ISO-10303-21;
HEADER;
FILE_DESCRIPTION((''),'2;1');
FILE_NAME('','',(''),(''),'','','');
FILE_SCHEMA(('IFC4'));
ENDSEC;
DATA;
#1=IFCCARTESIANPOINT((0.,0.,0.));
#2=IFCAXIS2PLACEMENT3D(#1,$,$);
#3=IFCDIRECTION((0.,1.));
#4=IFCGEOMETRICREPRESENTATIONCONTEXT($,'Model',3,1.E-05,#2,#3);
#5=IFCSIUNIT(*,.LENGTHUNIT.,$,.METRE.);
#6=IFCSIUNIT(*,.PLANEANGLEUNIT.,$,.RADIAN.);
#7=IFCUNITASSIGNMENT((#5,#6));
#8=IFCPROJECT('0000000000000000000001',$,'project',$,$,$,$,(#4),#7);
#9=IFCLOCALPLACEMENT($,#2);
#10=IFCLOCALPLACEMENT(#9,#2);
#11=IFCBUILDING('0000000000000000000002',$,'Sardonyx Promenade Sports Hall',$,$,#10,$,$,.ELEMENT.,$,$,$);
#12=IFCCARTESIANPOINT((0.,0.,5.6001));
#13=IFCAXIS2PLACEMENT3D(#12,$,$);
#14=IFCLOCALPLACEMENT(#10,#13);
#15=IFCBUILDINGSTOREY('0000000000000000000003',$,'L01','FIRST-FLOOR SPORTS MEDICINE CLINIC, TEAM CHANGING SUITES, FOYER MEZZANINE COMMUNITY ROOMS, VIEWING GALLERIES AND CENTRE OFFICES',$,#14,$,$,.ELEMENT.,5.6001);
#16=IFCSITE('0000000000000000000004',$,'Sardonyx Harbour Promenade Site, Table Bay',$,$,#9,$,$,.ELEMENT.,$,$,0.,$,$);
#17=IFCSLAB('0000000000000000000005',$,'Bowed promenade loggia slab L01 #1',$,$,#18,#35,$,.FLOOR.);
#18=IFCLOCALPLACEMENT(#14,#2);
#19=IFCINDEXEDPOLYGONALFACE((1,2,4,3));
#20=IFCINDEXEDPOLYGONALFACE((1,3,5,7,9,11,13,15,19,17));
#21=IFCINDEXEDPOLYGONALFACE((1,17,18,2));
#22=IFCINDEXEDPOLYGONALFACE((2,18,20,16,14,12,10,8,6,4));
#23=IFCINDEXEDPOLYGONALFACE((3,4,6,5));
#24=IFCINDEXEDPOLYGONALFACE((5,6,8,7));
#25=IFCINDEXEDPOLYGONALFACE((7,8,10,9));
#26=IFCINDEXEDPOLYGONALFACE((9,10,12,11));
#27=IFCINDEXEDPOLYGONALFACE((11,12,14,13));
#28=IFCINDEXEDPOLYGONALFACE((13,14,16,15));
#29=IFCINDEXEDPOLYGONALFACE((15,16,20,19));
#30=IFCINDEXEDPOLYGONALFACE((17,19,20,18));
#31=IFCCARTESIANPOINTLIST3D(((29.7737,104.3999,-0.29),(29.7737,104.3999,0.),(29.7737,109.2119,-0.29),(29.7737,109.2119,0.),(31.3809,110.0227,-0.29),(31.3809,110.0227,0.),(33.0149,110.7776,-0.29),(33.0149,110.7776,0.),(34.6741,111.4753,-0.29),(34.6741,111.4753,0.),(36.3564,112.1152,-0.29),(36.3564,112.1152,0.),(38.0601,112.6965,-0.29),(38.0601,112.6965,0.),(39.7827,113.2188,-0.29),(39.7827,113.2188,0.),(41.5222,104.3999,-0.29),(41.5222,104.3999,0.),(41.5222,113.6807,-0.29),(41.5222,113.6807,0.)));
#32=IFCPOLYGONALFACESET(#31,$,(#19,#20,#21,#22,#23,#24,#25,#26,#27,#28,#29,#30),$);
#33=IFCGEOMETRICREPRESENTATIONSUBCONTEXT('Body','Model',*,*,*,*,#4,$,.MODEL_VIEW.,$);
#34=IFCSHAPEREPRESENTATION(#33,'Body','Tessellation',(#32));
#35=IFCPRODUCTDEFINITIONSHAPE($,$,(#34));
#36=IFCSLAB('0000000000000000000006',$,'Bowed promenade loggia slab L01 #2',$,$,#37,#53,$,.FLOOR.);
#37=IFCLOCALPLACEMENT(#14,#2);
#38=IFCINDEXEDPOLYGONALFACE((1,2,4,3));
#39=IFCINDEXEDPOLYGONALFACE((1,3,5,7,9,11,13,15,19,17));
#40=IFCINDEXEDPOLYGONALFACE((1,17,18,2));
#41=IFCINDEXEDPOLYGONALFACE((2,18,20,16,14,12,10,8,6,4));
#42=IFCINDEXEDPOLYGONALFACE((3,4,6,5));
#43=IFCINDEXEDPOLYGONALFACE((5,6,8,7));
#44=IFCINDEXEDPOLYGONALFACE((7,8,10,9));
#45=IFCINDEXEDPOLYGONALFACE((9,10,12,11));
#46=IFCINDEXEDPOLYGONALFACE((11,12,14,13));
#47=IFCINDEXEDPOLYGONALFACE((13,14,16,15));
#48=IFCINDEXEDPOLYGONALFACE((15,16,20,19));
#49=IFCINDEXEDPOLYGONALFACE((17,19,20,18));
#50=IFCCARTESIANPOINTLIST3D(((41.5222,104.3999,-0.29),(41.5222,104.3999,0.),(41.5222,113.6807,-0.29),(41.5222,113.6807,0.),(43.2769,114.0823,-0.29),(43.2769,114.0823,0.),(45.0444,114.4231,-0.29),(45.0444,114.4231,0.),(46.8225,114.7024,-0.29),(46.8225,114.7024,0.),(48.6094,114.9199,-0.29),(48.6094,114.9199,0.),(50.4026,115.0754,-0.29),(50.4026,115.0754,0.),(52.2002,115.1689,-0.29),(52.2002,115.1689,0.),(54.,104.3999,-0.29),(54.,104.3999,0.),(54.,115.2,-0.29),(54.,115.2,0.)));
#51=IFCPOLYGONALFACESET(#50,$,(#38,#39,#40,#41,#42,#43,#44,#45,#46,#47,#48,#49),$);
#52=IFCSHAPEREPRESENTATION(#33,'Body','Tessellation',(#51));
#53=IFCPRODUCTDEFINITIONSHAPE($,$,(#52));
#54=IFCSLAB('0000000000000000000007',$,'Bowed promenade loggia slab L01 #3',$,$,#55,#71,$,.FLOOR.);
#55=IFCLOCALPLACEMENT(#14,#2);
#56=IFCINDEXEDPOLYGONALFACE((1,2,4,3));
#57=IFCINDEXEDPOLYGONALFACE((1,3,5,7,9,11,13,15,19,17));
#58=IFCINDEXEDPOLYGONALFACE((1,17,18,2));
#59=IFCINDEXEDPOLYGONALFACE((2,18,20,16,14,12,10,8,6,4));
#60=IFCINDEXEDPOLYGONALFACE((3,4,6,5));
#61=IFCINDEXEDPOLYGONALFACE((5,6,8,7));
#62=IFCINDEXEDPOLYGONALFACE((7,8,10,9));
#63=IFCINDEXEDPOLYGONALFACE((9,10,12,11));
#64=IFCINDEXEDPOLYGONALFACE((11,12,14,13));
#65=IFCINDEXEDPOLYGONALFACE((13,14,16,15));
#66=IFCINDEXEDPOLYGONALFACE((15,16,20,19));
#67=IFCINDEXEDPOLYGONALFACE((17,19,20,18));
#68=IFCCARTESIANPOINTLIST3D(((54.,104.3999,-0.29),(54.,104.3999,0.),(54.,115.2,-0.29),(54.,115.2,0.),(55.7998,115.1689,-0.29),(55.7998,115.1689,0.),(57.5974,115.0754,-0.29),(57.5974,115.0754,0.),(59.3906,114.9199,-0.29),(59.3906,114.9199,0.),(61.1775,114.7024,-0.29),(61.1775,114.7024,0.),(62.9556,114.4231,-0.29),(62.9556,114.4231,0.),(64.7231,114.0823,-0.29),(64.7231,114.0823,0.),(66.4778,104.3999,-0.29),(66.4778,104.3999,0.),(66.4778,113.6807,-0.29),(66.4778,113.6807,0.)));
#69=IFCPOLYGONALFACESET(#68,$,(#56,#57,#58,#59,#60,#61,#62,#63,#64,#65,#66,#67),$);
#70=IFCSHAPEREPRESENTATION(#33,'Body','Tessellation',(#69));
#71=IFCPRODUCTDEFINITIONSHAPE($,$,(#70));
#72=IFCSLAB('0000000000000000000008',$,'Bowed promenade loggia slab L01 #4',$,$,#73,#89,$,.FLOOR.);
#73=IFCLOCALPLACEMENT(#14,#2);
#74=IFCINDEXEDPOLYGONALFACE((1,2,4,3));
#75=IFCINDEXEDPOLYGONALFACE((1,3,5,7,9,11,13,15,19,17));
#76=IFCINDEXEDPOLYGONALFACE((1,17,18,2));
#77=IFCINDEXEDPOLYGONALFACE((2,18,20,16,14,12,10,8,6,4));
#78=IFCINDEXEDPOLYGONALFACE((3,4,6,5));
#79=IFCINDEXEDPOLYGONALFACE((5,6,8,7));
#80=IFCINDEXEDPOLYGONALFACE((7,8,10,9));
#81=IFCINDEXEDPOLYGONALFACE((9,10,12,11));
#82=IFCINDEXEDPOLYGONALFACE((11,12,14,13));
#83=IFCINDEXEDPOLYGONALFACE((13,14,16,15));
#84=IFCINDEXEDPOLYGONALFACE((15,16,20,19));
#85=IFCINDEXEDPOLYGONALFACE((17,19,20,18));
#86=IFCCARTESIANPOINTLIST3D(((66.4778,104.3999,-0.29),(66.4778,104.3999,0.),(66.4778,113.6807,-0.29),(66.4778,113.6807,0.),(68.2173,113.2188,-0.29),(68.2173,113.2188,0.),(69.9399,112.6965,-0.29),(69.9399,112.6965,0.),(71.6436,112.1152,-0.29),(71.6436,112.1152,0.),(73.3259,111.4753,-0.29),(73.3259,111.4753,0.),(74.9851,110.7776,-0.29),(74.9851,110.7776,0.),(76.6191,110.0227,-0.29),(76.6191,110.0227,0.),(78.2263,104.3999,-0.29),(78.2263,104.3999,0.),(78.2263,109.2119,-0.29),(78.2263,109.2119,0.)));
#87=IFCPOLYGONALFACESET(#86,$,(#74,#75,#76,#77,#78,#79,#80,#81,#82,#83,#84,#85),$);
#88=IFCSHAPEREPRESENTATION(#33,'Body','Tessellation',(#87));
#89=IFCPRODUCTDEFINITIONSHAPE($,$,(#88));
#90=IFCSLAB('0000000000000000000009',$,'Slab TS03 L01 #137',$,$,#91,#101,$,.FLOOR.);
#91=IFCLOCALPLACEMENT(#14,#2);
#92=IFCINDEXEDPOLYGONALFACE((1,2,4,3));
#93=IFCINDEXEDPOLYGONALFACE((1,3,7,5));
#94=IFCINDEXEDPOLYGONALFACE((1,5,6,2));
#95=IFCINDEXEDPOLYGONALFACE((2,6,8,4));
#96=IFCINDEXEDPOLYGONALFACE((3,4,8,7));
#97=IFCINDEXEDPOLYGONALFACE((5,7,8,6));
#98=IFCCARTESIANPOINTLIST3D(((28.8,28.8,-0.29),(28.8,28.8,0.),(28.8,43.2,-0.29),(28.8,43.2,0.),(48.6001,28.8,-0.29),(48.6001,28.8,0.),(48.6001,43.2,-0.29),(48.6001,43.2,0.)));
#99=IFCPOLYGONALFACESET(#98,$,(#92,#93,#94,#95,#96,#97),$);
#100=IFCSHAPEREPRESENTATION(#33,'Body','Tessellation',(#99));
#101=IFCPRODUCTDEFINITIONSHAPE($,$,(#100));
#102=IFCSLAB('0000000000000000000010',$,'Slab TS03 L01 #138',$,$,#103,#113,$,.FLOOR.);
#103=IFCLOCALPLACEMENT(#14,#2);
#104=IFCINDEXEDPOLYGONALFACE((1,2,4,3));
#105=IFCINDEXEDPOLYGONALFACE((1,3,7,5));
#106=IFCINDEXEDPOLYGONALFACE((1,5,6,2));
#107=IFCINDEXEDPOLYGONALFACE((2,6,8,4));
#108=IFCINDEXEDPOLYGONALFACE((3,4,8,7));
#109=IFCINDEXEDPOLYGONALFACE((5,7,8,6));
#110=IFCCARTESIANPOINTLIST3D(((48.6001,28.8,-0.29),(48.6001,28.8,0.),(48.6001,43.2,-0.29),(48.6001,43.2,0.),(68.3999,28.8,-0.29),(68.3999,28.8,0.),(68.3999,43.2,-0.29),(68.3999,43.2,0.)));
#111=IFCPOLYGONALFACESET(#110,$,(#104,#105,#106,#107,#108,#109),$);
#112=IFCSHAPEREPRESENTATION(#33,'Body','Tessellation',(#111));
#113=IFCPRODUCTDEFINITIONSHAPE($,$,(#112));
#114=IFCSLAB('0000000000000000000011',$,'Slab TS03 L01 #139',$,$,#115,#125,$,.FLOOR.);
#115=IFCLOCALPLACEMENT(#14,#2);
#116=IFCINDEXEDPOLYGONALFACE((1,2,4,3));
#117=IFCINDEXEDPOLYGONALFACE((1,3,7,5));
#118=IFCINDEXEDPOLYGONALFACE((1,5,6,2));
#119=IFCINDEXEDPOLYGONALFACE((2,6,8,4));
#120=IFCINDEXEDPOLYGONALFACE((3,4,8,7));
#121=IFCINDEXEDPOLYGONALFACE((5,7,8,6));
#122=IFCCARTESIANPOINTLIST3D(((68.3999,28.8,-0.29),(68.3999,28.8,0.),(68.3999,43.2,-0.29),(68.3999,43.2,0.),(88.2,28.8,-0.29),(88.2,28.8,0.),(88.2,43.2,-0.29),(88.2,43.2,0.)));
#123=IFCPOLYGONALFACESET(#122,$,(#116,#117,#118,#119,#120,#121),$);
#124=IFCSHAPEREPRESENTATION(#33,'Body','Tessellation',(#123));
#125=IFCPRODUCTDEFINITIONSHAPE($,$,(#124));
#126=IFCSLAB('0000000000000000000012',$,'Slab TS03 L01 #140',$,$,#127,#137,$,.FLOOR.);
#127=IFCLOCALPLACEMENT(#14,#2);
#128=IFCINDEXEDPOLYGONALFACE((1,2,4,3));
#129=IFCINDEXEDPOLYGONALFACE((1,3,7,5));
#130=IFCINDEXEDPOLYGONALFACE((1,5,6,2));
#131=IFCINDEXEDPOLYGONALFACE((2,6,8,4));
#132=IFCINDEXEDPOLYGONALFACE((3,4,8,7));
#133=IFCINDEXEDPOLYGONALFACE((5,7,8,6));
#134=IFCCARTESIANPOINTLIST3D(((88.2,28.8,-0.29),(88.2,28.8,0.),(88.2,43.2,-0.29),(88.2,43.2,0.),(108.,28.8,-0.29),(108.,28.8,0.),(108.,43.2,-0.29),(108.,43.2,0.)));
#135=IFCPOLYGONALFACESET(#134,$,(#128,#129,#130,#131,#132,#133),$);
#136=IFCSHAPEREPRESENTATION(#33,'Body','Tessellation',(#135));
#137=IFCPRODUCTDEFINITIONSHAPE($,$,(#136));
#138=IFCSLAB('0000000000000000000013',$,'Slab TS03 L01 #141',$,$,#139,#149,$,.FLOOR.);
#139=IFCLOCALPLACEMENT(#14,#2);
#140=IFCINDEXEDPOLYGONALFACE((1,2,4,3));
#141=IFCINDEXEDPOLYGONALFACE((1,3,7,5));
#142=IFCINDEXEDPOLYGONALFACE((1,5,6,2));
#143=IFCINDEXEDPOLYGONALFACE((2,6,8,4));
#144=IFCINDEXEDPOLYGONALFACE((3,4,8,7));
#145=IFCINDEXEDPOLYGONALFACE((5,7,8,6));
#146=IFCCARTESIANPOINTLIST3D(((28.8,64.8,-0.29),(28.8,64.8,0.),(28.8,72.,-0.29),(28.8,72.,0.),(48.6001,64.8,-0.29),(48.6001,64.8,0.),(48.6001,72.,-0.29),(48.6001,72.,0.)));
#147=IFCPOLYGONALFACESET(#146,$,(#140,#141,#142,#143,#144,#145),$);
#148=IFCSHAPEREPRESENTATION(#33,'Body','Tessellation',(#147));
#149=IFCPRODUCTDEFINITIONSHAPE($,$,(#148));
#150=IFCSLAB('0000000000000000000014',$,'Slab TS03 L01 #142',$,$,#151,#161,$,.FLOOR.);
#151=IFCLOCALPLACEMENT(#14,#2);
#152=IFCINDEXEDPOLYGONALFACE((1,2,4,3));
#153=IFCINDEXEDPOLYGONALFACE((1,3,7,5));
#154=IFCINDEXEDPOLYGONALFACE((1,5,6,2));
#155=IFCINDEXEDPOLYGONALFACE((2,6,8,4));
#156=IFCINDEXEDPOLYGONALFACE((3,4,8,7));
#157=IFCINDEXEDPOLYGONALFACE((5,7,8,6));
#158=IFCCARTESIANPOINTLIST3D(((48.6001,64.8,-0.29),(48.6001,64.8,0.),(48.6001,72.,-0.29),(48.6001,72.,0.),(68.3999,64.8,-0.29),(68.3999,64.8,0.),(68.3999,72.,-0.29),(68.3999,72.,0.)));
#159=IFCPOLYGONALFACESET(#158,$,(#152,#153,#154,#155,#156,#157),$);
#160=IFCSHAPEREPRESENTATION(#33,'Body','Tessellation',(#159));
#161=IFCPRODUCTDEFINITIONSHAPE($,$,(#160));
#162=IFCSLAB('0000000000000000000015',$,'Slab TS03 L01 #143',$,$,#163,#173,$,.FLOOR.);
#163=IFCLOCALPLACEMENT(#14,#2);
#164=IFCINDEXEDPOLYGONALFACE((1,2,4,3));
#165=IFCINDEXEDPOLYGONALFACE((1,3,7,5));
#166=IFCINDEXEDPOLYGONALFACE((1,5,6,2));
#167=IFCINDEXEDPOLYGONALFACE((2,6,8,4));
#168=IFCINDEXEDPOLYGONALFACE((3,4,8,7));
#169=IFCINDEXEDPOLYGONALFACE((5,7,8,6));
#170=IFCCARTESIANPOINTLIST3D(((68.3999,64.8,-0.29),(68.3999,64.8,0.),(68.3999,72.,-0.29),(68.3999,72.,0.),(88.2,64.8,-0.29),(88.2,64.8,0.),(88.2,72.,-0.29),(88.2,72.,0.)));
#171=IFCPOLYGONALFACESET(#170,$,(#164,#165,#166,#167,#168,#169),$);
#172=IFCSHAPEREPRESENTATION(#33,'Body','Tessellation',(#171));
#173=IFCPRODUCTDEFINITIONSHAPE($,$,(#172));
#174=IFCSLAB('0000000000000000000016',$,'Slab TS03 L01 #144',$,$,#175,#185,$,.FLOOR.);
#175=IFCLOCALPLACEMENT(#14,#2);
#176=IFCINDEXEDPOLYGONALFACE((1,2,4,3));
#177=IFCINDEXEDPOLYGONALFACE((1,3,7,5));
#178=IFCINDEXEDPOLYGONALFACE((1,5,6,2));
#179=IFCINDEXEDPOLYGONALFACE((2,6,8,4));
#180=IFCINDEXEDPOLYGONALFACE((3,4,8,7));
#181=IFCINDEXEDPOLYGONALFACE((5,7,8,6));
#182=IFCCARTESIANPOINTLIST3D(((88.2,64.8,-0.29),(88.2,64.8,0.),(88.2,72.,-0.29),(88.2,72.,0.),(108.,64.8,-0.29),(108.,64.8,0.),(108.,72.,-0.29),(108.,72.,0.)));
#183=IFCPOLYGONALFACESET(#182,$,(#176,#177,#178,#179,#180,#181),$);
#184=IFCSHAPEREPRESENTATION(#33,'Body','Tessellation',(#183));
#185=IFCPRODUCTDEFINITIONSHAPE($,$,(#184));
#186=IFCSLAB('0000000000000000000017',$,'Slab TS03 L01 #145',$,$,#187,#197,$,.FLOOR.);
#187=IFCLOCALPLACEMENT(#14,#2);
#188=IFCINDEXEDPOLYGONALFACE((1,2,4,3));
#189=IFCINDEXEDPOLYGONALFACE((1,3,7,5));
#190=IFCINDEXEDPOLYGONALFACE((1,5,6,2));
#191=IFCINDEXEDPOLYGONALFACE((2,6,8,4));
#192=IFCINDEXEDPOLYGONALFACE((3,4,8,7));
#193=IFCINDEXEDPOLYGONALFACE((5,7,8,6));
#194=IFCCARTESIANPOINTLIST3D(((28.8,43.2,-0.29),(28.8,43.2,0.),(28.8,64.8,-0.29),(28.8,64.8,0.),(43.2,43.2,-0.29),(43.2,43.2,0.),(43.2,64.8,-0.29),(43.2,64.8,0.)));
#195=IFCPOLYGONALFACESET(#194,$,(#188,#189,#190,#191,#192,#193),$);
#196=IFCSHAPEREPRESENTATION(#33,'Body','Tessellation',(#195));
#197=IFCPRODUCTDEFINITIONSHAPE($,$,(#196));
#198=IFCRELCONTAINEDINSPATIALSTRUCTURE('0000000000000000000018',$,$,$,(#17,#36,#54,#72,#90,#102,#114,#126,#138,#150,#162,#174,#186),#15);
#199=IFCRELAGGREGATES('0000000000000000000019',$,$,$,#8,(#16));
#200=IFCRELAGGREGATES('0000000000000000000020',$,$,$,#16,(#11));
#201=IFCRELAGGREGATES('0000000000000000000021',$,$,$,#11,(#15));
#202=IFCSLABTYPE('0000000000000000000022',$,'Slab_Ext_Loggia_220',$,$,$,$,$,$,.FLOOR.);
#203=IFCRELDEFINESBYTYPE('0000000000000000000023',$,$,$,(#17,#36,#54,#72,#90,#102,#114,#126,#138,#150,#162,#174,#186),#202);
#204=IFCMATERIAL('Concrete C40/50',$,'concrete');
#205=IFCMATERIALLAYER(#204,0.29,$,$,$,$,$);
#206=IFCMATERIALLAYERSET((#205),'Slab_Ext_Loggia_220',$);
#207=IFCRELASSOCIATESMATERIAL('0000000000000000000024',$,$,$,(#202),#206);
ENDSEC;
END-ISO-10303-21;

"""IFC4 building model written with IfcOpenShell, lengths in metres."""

from ifc_helpers import new_model, si_unit, direction, frame, origin, place, context, subcontext, project, spatial, polyline, outline, extrude, material, layer, layer_set, type_object, element, save


model = new_model("IFC4")

# Units and contexts
model_context = context("Model", 3, precision=1e-05, world=origin(), true_north=direction((0.0, 1.0)))
body_context = subcontext(model_context, "Body", "Model", "MODEL_VIEW")
ifc_project = project(units=[si_unit("LENGTHUNIT", "METRE"), si_unit("PLANEANGLEUNIT", "RADIAN")], contexts=[model_context])

# Site, building, storey
site_placement = place(None, origin())
site = spatial("IfcSite", under=ifc_project, at=site_placement, Name="Sardonyx Harbour Promenade Site, Table Bay", CompositionType="ELEMENT", RefElevation=0.0)
building_placement = place(site_placement, origin())
building = spatial("IfcBuilding", under=site, at=building_placement, Name="Sardonyx Promenade Sports Hall", CompositionType="ELEMENT")
storey_placement = place(building_placement, frame((0.0, 0.0, 5.6001)))
storey = spatial("IfcBuildingStorey", under=building, at=storey_placement, Name="L01", Description="FIRST-FLOOR SPORTS MEDICINE CLINIC, TEAM CHANGING SUITES, FOYER MEZZANINE COMMUNITY ROOMS, VIEWING GALLERIES AND CENTRE OFFICES", CompositionType="ELEMENT", Elevation=5.6001)

# Slabs
ifc_material_1 = material(Name="Concrete C40/50", Category="concrete")
ifc_layer_1 = layer(ifc_material_1, 0.29)
ifc_layer_set_1 = layer_set([ifc_layer_1], Name="Slab_Ext_Loggia_220")
slab_type_1 = type_object("IfcSlabType", Name="Slab_Ext_Loggia_220", PredefinedType="FLOOR", material=ifc_layer_set_1)
slab_1_placement = place(storey_placement, frame((0.0, 0.0, -0.29)))
element("IfcSlab", 1, at=slab_1_placement, inside=storey, type_object=slab_type_1, Name="Bowed promenade loggia slab L01 #1", PredefinedType="FLOOR", context=body_context, shape_type="SweptSolid", body=[
    extrude(outline(polyline([(29.7737, 104.3999), (41.5222, 104.3999), (41.5222, 113.6807), (39.7827, 113.2188), (38.0601, 112.6965), (36.3564, 112.1152), (34.6741, 111.4753), (33.0149, 110.7776), (31.3809, 110.0227), (29.7737, 109.2119), (29.7737, 104.3999)])), origin(), (0.0, 0.0, 1.0), 0.29),
])
slab_2_placement = place(storey_placement, frame((0.0, 0.0, -0.29)))
element("IfcSlab", 2, at=slab_2_placement, inside=storey, type_object=slab_type_1, Name="Bowed promenade loggia slab L01 #2", PredefinedType="FLOOR", context=body_context, shape_type="SweptSolid", body=[
    extrude(outline(polyline([(41.5222, 104.3999), (54.0, 104.3999), (54.0, 115.2), (52.2002, 115.1689), (50.4026, 115.0754), (48.6094, 114.9199), (46.8225, 114.7024), (45.0444, 114.4231), (43.2769, 114.0823), (41.5222, 113.6807), (41.5222, 104.3999)])), origin(), (0.0, 0.0, 1.0), 0.29),
])
slab_3_placement = place(storey_placement, frame((0.0, 0.0, -0.29)))
element("IfcSlab", 3, at=slab_3_placement, inside=storey, type_object=slab_type_1, Name="Bowed promenade loggia slab L01 #3", PredefinedType="FLOOR", context=body_context, shape_type="SweptSolid", body=[
    extrude(outline(polyline([(54.0, 104.3999), (66.4778, 104.3999), (66.4778, 113.6807), (64.7231, 114.0823), (62.9556, 114.4231), (61.1775, 114.7024), (59.3906, 114.9199), (57.5974, 115.0754), (55.7998, 115.1689), (54.0, 115.2), (54.0, 104.3999)])), origin(), (0.0, 0.0, 1.0), 0.29),
])
slab_4_placement = place(storey_placement, frame((0.0, 0.0, -0.29)))
element("IfcSlab", 4, at=slab_4_placement, inside=storey, type_object=slab_type_1, Name="Bowed promenade loggia slab L01 #4", PredefinedType="FLOOR", context=body_context, shape_type="SweptSolid", body=[
    extrude(outline(polyline([(66.4778, 104.3999), (78.2263, 104.3999), (78.2263, 109.2119), (76.6191, 110.0227), (74.9851, 110.7776), (73.3259, 111.4753), (71.6436, 112.1152), (69.9399, 112.6965), (68.2173, 113.2188), (66.4778, 113.6807), (66.4778, 104.3999)])), origin(), (0.0, 0.0, 1.0), 0.29),
])
slab_5_placement = place(storey_placement, frame((0.0, 0.0, -0.29)))
element("IfcSlab", 5, at=slab_5_placement, inside=storey, type_object=slab_type_1, Name="Slab TS03 L01 #137", PredefinedType="FLOOR", context=body_context, shape_type="SweptSolid", body=[
    extrude(outline(polyline([(28.8, 28.8), (48.6001, 28.8), (48.6001, 43.2), (28.8, 43.2), (28.8, 28.8)])), origin(), (0.0, 0.0, 1.0), 0.29),
])
slab_6_placement = place(storey_placement, frame((0.0, 0.0, -0.29)))
element("IfcSlab", 6, at=slab_6_placement, inside=storey, type_object=slab_type_1, Name="Slab TS03 L01 #138", PredefinedType="FLOOR", context=body_context, shape_type="SweptSolid", body=[
    extrude(outline(polyline([(48.6001, 28.8), (68.3999, 28.8), (68.3999, 43.2), (48.6001, 43.2), (48.6001, 28.8)])), origin(), (0.0, 0.0, 1.0), 0.29),
])
slab_7_placement = place(storey_placement, frame((0.0, 0.0, -0.29)))
element("IfcSlab", 7, at=slab_7_placement, inside=storey, type_object=slab_type_1, Name="Slab TS03 L01 #139", PredefinedType="FLOOR", context=body_context, shape_type="SweptSolid", body=[
    extrude(outline(polyline([(68.3999, 28.8), (88.2, 28.8), (88.2, 43.2), (68.3999, 43.2), (68.3999, 28.8)])), origin(), (0.0, 0.0, 1.0), 0.29),
])
slab_8_placement = place(storey_placement, frame((0.0, 0.0, -0.29)))
element("IfcSlab", 8, at=slab_8_placement, inside=storey, type_object=slab_type_1, Name="Slab TS03 L01 #140", PredefinedType="FLOOR", context=body_context, shape_type="SweptSolid", body=[
    extrude(outline(polyline([(88.2, 28.8), (108.0, 28.8), (108.0, 43.2), (88.2, 43.2), (88.2, 28.8)])), origin(), (0.0, 0.0, 1.0), 0.29),
])
slab_9_placement = place(storey_placement, frame((0.0, 0.0, -0.29)))
element("IfcSlab", 9, at=slab_9_placement, inside=storey, type_object=slab_type_1, Name="Slab TS03 L01 #141", PredefinedType="FLOOR", context=body_context, shape_type="SweptSolid", body=[
    extrude(outline(polyline([(28.8, 64.8), (48.6001, 64.8), (48.6001, 72.0), (28.8, 72.0), (28.8, 64.8)])), origin(), (0.0, 0.0, 1.0), 0.29),
])
slab_10_placement = place(storey_placement, frame((0.0, 0.0, -0.29)))
element("IfcSlab", 10, at=slab_10_placement, inside=storey, type_object=slab_type_1, Name="Slab TS03 L01 #142", PredefinedType="FLOOR", context=body_context, shape_type="SweptSolid", body=[
    extrude(outline(polyline([(48.6001, 64.8), (68.3999, 64.8), (68.3999, 72.0), (48.6001, 72.0), (48.6001, 64.8)])), origin(), (0.0, 0.0, 1.0), 0.29),
])
slab_11_placement = place(storey_placement, frame((0.0, 0.0, -0.29)))
element("IfcSlab", 11, at=slab_11_placement, inside=storey, type_object=slab_type_1, Name="Slab TS03 L01 #143", PredefinedType="FLOOR", context=body_context, shape_type="SweptSolid", body=[
    extrude(outline(polyline([(68.3999, 64.8), (88.2, 64.8), (88.2, 72.0), (68.3999, 72.0), (68.3999, 64.8)])), origin(), (0.0, 0.0, 1.0), 0.29),
])
slab_12_placement = place(storey_placement, frame((0.0, 0.0, -0.29)))
element("IfcSlab", 12, at=slab_12_placement, inside=storey, type_object=slab_type_1, Name="Slab TS03 L01 #144", PredefinedType="FLOOR", context=body_context, shape_type="SweptSolid", body=[
    extrude(outline(polyline([(88.2, 64.8), (108.0, 64.8), (108.0, 72.0), (88.2, 72.0), (88.2, 64.8)])), origin(), (0.0, 0.0, 1.0), 0.29),
])
slab_13_placement = place(storey_placement, frame((0.0, 0.0, -0.29)))
element("IfcSlab", 13, at=slab_13_placement, inside=storey, type_object=slab_type_1, Name="Slab TS03 L01 #145", PredefinedType="FLOOR", context=body_context, shape_type="SweptSolid", body=[
    extrude(outline(polyline([(28.8, 43.2), (43.2, 43.2), (43.2, 64.8), (28.8, 64.8), (28.8, 43.2)])), origin(), (0.0, 0.0, 1.0), 0.29),
])

save(model, "model.ifc")
